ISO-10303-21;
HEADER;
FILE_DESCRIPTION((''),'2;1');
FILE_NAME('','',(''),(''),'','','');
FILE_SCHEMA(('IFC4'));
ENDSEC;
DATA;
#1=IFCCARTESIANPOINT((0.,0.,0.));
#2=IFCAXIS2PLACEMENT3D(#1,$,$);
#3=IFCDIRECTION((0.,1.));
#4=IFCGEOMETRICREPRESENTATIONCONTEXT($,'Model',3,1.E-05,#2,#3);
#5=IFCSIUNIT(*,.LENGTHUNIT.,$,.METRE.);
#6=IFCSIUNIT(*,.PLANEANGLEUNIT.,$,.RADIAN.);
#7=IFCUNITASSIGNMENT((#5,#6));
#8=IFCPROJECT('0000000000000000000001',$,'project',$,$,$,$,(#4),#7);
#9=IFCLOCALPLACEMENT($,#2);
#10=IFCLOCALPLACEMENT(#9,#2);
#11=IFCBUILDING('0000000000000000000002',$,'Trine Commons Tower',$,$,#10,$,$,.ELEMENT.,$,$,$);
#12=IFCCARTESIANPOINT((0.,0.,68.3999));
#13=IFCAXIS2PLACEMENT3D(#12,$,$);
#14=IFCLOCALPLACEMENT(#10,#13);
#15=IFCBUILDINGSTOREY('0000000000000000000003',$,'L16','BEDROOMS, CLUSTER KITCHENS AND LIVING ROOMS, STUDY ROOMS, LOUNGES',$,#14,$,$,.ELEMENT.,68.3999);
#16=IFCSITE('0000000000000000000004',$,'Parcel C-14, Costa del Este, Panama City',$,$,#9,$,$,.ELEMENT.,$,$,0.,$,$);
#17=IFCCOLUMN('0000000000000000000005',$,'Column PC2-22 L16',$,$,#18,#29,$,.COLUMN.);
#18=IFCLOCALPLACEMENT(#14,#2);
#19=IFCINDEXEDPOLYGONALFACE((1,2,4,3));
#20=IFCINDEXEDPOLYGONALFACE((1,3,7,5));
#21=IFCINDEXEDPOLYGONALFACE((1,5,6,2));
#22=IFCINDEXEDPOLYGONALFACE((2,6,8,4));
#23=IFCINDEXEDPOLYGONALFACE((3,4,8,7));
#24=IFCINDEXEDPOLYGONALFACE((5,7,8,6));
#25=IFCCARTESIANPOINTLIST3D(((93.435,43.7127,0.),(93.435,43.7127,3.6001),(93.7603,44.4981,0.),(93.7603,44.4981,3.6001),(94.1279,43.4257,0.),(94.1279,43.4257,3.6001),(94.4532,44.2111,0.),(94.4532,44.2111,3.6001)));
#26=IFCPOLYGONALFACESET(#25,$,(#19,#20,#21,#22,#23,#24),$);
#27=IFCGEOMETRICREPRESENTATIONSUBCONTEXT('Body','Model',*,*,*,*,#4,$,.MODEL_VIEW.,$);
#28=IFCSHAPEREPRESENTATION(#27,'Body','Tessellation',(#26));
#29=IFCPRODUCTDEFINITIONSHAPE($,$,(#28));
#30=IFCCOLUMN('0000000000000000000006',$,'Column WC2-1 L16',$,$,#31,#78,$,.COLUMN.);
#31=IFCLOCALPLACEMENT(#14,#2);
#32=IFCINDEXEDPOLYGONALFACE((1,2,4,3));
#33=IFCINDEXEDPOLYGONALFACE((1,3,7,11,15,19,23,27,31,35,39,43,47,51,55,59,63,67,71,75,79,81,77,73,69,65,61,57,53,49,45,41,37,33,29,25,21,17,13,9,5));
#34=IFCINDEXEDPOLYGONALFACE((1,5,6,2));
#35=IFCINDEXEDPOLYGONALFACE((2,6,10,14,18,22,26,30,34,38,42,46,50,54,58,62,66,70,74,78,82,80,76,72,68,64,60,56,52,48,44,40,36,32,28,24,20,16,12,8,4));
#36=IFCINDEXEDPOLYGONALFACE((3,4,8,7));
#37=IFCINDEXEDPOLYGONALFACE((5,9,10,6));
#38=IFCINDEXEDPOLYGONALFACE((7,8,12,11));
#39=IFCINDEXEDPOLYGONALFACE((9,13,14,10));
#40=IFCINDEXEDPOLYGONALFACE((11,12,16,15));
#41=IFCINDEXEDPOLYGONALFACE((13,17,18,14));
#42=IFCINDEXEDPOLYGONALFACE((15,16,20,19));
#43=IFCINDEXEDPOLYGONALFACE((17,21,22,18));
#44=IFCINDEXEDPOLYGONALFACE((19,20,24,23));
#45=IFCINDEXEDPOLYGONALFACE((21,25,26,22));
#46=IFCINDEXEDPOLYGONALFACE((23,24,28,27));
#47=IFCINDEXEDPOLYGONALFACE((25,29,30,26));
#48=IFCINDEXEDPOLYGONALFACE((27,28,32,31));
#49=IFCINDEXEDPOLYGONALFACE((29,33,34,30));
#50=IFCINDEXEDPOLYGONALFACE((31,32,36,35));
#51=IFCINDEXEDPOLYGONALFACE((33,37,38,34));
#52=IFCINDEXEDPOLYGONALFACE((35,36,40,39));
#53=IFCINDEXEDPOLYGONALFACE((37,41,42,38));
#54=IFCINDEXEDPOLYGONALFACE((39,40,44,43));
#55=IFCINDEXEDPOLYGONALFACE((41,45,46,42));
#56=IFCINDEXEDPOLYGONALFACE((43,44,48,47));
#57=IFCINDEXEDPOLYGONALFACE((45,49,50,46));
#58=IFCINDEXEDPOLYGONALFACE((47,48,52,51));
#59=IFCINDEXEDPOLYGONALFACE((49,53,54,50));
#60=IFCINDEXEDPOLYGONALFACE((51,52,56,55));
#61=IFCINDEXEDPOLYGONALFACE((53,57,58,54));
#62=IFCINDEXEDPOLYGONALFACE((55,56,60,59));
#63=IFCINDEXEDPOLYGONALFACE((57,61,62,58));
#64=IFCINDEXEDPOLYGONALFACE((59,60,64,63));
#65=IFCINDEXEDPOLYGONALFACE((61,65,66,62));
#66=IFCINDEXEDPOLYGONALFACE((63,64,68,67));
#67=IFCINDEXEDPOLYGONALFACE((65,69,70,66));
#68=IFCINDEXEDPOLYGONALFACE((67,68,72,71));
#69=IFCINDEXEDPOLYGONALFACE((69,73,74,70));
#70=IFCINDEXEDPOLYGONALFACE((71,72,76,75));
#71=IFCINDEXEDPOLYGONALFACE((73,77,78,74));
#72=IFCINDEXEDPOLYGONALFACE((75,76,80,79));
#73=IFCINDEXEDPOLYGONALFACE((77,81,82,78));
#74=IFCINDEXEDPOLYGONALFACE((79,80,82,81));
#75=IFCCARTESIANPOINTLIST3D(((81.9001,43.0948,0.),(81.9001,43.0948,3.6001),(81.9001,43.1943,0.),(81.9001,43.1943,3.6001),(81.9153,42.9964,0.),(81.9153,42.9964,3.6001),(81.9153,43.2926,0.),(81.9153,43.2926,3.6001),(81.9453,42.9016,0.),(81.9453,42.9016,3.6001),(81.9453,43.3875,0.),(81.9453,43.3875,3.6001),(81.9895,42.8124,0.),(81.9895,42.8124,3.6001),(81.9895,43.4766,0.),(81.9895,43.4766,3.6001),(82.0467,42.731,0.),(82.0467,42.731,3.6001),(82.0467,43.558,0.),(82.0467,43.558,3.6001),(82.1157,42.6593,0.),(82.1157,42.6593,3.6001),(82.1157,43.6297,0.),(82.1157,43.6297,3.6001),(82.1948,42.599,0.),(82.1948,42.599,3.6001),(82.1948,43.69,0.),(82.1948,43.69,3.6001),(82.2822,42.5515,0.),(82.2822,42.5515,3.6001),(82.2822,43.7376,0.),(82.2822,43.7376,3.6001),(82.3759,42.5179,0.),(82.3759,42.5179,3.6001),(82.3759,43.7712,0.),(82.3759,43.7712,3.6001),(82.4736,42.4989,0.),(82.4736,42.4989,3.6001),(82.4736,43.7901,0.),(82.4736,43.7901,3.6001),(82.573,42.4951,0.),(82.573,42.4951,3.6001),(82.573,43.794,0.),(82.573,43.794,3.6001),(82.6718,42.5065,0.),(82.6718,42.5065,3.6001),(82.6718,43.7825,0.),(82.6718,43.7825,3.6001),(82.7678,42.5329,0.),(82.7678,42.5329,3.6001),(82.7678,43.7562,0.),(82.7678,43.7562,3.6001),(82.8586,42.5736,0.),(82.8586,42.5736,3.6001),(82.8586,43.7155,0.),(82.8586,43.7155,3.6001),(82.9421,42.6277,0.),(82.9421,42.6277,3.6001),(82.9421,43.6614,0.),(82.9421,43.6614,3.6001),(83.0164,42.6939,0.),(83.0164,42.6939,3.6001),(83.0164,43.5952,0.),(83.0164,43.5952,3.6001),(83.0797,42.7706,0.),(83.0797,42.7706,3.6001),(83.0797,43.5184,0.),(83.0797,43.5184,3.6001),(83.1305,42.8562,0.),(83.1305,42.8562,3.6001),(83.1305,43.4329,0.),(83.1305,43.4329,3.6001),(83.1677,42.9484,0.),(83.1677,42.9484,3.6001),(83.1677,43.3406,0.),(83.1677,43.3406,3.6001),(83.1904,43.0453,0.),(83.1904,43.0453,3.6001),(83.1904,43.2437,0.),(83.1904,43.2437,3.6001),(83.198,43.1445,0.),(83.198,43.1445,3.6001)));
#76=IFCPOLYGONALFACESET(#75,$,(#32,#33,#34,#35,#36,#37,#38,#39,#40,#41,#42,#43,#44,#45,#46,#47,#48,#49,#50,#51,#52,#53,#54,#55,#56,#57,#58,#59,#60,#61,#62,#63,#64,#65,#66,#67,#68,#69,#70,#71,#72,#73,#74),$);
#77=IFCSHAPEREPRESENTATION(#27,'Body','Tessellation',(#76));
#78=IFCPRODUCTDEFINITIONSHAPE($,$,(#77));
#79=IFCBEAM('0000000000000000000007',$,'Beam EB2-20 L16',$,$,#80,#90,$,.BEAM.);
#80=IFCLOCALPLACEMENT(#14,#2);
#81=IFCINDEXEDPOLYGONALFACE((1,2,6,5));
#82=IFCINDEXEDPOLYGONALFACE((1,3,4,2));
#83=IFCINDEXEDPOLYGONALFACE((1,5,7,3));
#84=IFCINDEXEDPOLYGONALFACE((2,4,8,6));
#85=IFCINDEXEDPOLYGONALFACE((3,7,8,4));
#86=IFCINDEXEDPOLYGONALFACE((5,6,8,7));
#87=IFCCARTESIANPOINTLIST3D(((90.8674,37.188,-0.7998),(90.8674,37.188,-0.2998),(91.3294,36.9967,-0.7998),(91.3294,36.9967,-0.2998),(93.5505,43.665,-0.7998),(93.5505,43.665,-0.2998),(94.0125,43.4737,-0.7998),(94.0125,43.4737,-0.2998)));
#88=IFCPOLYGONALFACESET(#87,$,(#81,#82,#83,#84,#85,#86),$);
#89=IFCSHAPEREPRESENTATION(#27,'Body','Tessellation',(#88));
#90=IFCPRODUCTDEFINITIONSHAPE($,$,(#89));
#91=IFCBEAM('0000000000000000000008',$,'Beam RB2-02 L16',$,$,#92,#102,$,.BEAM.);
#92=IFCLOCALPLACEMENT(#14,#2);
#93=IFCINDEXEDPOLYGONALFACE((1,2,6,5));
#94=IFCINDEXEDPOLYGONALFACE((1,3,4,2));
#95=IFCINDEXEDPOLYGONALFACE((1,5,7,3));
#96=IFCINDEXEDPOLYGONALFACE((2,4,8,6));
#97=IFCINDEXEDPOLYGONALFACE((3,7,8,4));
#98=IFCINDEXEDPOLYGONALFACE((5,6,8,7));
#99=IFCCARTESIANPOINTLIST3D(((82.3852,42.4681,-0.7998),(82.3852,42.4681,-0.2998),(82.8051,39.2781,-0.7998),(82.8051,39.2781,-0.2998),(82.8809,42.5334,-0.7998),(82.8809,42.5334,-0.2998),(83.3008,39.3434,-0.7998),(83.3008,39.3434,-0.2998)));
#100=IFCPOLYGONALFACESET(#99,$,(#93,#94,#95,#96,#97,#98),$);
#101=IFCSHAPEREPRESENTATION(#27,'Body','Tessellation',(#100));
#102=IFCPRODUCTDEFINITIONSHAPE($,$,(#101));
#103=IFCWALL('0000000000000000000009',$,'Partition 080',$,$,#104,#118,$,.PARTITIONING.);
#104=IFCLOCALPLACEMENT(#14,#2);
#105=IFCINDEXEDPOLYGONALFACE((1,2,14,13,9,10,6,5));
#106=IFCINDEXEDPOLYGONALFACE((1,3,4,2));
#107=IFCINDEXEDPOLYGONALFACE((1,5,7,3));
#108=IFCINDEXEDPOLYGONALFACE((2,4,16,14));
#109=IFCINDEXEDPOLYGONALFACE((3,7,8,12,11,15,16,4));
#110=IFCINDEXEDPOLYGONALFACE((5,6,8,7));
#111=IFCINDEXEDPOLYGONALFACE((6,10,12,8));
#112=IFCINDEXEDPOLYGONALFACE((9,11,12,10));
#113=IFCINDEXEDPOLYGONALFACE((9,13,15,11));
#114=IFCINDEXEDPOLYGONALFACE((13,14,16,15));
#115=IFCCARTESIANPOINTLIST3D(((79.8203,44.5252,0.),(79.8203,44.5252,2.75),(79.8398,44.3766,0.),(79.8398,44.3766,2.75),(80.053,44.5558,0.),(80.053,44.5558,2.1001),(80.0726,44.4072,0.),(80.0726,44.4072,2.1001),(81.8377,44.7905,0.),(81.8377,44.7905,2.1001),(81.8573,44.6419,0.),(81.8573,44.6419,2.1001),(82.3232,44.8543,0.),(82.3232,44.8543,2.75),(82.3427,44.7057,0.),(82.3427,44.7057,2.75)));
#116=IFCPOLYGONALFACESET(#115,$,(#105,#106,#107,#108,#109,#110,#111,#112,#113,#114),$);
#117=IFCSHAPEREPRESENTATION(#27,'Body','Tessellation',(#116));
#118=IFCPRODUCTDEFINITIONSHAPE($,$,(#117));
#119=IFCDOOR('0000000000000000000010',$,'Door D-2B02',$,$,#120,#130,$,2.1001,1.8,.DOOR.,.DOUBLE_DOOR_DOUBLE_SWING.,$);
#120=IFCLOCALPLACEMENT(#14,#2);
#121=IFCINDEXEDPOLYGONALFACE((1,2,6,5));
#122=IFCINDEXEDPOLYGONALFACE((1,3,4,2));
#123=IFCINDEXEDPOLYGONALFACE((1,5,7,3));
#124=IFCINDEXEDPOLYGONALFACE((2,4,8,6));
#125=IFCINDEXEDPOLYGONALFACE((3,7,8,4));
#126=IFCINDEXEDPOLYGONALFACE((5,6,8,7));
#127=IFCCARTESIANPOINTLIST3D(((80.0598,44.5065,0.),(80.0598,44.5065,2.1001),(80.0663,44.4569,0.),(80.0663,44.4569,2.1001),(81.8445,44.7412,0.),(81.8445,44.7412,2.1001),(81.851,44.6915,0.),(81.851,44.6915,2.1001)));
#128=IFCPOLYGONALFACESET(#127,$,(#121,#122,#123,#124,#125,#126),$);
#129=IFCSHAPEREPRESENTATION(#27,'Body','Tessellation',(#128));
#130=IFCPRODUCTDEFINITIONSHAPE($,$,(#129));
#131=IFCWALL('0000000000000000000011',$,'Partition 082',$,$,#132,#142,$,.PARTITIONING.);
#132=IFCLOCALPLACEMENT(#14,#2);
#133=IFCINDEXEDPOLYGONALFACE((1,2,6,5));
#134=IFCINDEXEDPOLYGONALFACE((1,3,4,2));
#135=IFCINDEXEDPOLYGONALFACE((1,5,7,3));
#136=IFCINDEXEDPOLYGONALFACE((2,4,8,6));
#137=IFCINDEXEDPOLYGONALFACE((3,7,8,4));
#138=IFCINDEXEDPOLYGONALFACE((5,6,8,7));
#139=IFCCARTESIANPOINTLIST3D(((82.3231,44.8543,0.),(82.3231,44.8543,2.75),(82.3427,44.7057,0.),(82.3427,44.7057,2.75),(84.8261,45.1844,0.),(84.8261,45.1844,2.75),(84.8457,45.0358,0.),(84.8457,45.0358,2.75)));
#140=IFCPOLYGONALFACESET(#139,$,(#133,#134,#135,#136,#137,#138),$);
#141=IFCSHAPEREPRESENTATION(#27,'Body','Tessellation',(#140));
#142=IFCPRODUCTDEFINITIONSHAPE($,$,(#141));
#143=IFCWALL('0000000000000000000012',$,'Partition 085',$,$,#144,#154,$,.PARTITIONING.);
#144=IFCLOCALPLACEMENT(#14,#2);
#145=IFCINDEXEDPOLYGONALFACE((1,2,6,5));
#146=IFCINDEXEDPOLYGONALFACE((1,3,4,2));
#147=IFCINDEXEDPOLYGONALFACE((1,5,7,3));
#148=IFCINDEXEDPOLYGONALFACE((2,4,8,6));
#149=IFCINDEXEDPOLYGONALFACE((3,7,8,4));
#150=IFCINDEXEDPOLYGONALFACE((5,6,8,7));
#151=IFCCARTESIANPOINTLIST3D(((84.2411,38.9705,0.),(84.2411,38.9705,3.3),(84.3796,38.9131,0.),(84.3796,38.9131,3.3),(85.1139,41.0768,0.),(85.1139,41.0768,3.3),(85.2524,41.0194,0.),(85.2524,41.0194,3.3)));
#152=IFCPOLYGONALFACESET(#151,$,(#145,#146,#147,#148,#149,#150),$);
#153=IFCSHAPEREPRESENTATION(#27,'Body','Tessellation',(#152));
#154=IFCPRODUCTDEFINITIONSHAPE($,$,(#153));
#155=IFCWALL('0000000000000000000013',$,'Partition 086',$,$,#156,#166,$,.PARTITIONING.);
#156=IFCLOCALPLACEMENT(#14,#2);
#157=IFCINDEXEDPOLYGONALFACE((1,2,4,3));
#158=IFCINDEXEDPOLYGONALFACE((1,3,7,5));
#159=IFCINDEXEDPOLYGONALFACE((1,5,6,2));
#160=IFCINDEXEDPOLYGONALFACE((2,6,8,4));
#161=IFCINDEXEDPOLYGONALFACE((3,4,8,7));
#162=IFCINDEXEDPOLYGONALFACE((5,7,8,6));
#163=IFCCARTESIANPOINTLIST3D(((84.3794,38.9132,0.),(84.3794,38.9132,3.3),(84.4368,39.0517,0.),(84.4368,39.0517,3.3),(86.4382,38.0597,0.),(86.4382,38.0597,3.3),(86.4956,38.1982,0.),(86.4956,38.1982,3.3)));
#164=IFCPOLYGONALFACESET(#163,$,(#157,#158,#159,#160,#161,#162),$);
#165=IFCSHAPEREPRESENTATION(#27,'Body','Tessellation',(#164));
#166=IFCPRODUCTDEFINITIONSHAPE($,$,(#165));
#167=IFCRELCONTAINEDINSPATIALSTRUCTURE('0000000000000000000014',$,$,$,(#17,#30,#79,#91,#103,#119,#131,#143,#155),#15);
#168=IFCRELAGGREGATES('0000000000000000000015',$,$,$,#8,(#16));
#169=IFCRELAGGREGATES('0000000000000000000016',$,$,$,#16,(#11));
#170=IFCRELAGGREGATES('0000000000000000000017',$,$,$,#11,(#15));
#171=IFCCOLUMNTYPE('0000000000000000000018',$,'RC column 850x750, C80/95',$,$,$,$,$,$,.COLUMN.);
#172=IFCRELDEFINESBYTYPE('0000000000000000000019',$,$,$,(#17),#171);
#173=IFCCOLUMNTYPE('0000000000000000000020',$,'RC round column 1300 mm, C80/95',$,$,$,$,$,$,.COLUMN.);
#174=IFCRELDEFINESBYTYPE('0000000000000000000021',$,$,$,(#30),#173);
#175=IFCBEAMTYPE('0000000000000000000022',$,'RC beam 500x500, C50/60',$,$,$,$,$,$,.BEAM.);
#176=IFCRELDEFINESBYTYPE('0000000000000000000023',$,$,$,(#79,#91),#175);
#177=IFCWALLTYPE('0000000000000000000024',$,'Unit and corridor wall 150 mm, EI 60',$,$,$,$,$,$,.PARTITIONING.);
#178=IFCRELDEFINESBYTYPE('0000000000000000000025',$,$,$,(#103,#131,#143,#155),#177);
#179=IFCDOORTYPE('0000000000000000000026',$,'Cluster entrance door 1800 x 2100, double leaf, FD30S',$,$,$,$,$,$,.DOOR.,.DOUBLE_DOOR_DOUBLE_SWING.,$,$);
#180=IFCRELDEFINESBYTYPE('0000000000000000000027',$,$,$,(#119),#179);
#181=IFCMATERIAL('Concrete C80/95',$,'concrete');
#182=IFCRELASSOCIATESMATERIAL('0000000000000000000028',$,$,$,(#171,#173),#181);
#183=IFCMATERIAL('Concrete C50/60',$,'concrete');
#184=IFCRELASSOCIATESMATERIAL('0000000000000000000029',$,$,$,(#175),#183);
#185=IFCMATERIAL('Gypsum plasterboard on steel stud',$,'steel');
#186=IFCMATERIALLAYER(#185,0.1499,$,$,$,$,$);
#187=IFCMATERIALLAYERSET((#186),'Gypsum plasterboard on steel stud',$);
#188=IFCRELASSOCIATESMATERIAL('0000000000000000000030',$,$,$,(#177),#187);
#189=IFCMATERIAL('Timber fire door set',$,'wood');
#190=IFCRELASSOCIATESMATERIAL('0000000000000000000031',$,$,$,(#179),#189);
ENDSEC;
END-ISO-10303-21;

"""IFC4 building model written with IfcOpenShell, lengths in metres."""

from ifc_helpers import new_model, si_unit, direction, frame, frame_2d, origin, origin_2d, place, context, subcontext, project, spatial, rectangle, circle, extrude, material, layer, layer_set, material_profile, profile_set, type_object, element, fill, save


model = new_model("IFC4")

# Units and contexts
model_context = context("Model", 3, precision=1e-05, world=origin(), true_north=direction((0.0, 1.0)))
body_context = subcontext(model_context, "Body", "Model", "MODEL_VIEW")
ifc_project = project(units=[si_unit("LENGTHUNIT", "METRE"), si_unit("PLANEANGLEUNIT", "RADIAN")], contexts=[model_context])

# Site, building, storey
site_placement = place(None, origin())
site = spatial("IfcSite", under=ifc_project, at=site_placement, Name="Parcel C-14, Costa del Este, Panama City", CompositionType="ELEMENT", RefElevation=0.0)
building_placement = place(site_placement, origin())
building = spatial("IfcBuilding", under=site, at=building_placement, Name="Trine Commons Tower", CompositionType="ELEMENT")
storey_placement = place(building_placement, frame((0.0, 0.0, 68.3999)))
storey = spatial("IfcBuildingStorey", under=building, at=storey_placement, Name="L16", Description="BEDROOMS, CLUSTER KITCHENS AND LIVING ROOMS, STUDY ROOMS, LOUNGES", CompositionType="ELEMENT", Elevation=68.3999)

# Columns
ifc_material_1 = material(Name="Concrete C80/95", Category="concrete")
ifc_material_profile_1 = material_profile(ifc_material_1, rectangle(XDim=0.8501, YDim=0.75, at=origin_2d()), Name="RC 850x750")
ifc_profile_set_1 = profile_set([ifc_material_profile_1], Name="Concrete C80/95")
column_type_1 = type_object("IfcColumnType", Name="RC column 850x750, C80/95", PredefinedType="COLUMN", material=ifc_profile_set_1)
column_1_placement = place(storey_placement, frame((93.9441, 43.9619, 0.0), z_axis=(0.0, 0.0, 1.0), x_axis=(0.382683, 0.92388, 0.0)))
element("IfcColumn", 1, at=column_1_placement, inside=storey, type_object=column_type_1, Name="Column PC2-22 L16", PredefinedType="COLUMN", context=body_context, shape_type="SweptSolid", body=[
    extrude(rectangle(XDim=0.8501, YDim=0.75, at=origin_2d()), origin(), (0.0, 0.0, 1.0), 3.6001),
])
ifc_material_profile_2 = material_profile(ifc_material_1, circle(Radius=0.6499, at=origin_2d()), Name="RC round 1300")
ifc_profile_set_2 = profile_set([ifc_material_profile_2], Name="Concrete C80/95")
column_type_2 = type_object("IfcColumnType", Name="RC round column 1300 mm, C80/95", PredefinedType="COLUMN", material=ifc_profile_set_2)
column_2_placement = place(storey_placement, frame((82.5481, 43.1445, 0.0), z_axis=(0.0, 0.0, 1.0), x_axis=(1.0, 0.0, 0.0)))
element("IfcColumn", 2, at=column_2_placement, inside=storey, type_object=column_type_2, Name="Column WC2-1 L16", PredefinedType="COLUMN", context=body_context, shape_type="SweptSolid", body=[
    extrude(circle(Radius=0.6499, at=origin_2d()), origin(), (0.0, 0.0, 1.0), 3.6001),
])

# Beams
ifc_material_2 = material(Name="Concrete C50/60", Category="concrete")
ifc_material_profile_3 = material_profile(ifc_material_2, rectangle(XDim=0.5, YDim=0.5, at=origin_2d()), Name="RC 500x500")
ifc_profile_set_3 = profile_set([ifc_material_profile_3], Name="Concrete C50/60")
beam_type = type_object("IfcBeamType", Name="RC beam 500x500, C50/60", PredefinedType="BEAM", material=ifc_profile_set_3)
beam_1_placement = place(storey_placement, frame((93.7815, 43.5693, -0.5498), z_axis=(-0.382711, -0.923868, 0.0), x_axis=(0.923868, -0.382711, 0.0)))
element("IfcBeam", 3, at=beam_1_placement, inside=storey, type_object=beam_type, Name="Beam EB2-20 L16", PredefinedType="BEAM", context=body_context, shape_type="SweptSolid", body=[
    extrude(rectangle(XDim=0.5, YDim=0.5, at=origin_2d()), origin(), (0.0, 0.0, 1.0), 7.0107),
])
beam_2_placement = place(storey_placement, frame((82.6331, 42.5007, -0.5498), z_axis=(0.130513, -0.991447, 0.0), x_axis=(0.991447, 0.130513, 0.0)))
element("IfcBeam", 4, at=beam_2_placement, inside=storey, type_object=beam_type, Name="Beam RB2-02 L16", PredefinedType="BEAM", context=body_context, shape_type="SweptSolid", body=[
    extrude(rectangle(XDim=0.5, YDim=0.5, at=origin_2d()), origin(), (0.0, 0.0, 1.0), 3.2175),
])

# Wall, opening, door
ifc_material_3 = material(Name="Gypsum plasterboard on steel stud", Category="steel")
ifc_layer_1 = layer(ifc_material_3, 0.1499)
ifc_layer_set_1 = layer_set([ifc_layer_1], Name="Gypsum plasterboard on steel stud")
wall_type_1 = type_object("IfcWallType", Name="Unit and corridor wall 150 mm, EI 60", PredefinedType="PARTITIONING", material=ifc_layer_set_1)
wall_1_placement = place(storey_placement, frame((79.8301, 44.4509, 0.0), z_axis=(0.0, 0.0, 1.0), x_axis=(0.991466, 0.130364, 0.0)))
wall_1 = element("IfcWall", 5, at=wall_1_placement, inside=storey, type_object=wall_type_1, Name="Partition 080", PredefinedType="PARTITIONING", context=body_context, shape_type="SweptSolid", body=[
    extrude(rectangle(XDim=2.5244, YDim=0.1499, at=frame_2d((1.2622, 0.0))), origin(), (0.0, 0.0, 1.0), 2.75),
])
opening_1_placement = place(wall_1_placement, frame((0.2349, 0.0, 0.0)))
opening_1 = element("IfcOpeningElement", 6, at=opening_1_placement, cuts=wall_1, PredefinedType="OPENING", context=body_context, shape_type="SweptSolid", body=[
    extrude(rectangle(XDim=1.8, YDim=2.1001, at=frame_2d((0.8999, 1.05))), frame((0.0, 0.085, 0.0), z_axis=(0.0, -1.0, 0.0), x_axis=(1.0, 0.0, 0.0)), (0.0, 0.0, 1.0), 0.1699),
])
ifc_material_4 = material(Name="Timber fire door set", Category="wood")
door_type_1 = type_object("IfcDoorType", Name="Cluster entrance door 1800 x 2100, double leaf, FD30S", OperationType="DOUBLE_DOOR_DOUBLE_SWING", PredefinedType="DOOR", material=ifc_material_4)
door_1_placement = place(opening_1_placement, frame((1.8, 0.0, 0.0), z_axis=(0.0, 0.0, 1.0), x_axis=(-1.0, 0.0, 0.0)))
door_1 = element("IfcDoor", 7, at=door_1_placement, inside=storey, type_object=door_type_1, Name="Door D-2B02", OperationType="DOUBLE_DOOR_DOUBLE_SWING", OverallHeight=2.1001, OverallWidth=1.8, PredefinedType="DOOR", context=body_context, shape_type="SweptSolid", body=[
    extrude(rectangle(XDim=1.8, YDim=2.1001, at=frame_2d((0.8999, 1.05))), frame((0.0, 0.0249, 0.0), z_axis=(0.0, -1.0, 0.0), x_axis=(1.0, 0.0, 0.0)), (0.0, 0.0, 1.0), 0.05),
])
fill(opening_1, door_1)

# Walls
wall_2_placement = place(storey_placement, frame((82.333, 44.78, 0.0), z_axis=(0.0, 0.0, 1.0), x_axis=(0.991416, 0.130745, 0.0)))
element("IfcWall", 8, at=wall_2_placement, inside=storey, type_object=wall_type_1, Name="Partition 082", PredefinedType="PARTITIONING", context=body_context, shape_type="SweptSolid", body=[
    extrude(rectangle(XDim=2.5247, YDim=0.1499, at=frame_2d((1.2622, 0.0))), origin(), (0.0, 0.0, 1.0), 2.75),
])
wall_3_placement = place(storey_placement, frame((84.3103, 38.9417, 0.0), z_axis=(0.0, 0.0, 1.0), x_axis=(0.38279, 0.923835, 0.0)))
element("IfcWall", 9, at=wall_3_placement, inside=storey, type_object=wall_type_1, Name="Partition 085", PredefinedType="PARTITIONING", context=body_context, shape_type="SweptSolid", body=[
    extrude(rectangle(XDim=2.28, YDim=0.1499, at=frame_2d((1.1401, 0.0))), origin(), (0.0, 0.0, 1.0), 3.3),
])
wall_4_placement = place(storey_placement, frame((84.4082, 38.9824, 0.0), z_axis=(0.0, 0.0, 1.0), x_axis=(0.923766, -0.382958, 0.0)))
element("IfcWall", 10, at=wall_4_placement, inside=storey, type_object=wall_type_1, Name="Partition 086", PredefinedType="PARTITIONING", context=body_context, shape_type="SweptSolid", body=[
    extrude(rectangle(XDim=2.2288, YDim=0.1499, at=frame_2d((1.1143, 0.0))), origin(), (0.0, 0.0, 1.0), 3.3),
])

save(model, "model.ifc")
